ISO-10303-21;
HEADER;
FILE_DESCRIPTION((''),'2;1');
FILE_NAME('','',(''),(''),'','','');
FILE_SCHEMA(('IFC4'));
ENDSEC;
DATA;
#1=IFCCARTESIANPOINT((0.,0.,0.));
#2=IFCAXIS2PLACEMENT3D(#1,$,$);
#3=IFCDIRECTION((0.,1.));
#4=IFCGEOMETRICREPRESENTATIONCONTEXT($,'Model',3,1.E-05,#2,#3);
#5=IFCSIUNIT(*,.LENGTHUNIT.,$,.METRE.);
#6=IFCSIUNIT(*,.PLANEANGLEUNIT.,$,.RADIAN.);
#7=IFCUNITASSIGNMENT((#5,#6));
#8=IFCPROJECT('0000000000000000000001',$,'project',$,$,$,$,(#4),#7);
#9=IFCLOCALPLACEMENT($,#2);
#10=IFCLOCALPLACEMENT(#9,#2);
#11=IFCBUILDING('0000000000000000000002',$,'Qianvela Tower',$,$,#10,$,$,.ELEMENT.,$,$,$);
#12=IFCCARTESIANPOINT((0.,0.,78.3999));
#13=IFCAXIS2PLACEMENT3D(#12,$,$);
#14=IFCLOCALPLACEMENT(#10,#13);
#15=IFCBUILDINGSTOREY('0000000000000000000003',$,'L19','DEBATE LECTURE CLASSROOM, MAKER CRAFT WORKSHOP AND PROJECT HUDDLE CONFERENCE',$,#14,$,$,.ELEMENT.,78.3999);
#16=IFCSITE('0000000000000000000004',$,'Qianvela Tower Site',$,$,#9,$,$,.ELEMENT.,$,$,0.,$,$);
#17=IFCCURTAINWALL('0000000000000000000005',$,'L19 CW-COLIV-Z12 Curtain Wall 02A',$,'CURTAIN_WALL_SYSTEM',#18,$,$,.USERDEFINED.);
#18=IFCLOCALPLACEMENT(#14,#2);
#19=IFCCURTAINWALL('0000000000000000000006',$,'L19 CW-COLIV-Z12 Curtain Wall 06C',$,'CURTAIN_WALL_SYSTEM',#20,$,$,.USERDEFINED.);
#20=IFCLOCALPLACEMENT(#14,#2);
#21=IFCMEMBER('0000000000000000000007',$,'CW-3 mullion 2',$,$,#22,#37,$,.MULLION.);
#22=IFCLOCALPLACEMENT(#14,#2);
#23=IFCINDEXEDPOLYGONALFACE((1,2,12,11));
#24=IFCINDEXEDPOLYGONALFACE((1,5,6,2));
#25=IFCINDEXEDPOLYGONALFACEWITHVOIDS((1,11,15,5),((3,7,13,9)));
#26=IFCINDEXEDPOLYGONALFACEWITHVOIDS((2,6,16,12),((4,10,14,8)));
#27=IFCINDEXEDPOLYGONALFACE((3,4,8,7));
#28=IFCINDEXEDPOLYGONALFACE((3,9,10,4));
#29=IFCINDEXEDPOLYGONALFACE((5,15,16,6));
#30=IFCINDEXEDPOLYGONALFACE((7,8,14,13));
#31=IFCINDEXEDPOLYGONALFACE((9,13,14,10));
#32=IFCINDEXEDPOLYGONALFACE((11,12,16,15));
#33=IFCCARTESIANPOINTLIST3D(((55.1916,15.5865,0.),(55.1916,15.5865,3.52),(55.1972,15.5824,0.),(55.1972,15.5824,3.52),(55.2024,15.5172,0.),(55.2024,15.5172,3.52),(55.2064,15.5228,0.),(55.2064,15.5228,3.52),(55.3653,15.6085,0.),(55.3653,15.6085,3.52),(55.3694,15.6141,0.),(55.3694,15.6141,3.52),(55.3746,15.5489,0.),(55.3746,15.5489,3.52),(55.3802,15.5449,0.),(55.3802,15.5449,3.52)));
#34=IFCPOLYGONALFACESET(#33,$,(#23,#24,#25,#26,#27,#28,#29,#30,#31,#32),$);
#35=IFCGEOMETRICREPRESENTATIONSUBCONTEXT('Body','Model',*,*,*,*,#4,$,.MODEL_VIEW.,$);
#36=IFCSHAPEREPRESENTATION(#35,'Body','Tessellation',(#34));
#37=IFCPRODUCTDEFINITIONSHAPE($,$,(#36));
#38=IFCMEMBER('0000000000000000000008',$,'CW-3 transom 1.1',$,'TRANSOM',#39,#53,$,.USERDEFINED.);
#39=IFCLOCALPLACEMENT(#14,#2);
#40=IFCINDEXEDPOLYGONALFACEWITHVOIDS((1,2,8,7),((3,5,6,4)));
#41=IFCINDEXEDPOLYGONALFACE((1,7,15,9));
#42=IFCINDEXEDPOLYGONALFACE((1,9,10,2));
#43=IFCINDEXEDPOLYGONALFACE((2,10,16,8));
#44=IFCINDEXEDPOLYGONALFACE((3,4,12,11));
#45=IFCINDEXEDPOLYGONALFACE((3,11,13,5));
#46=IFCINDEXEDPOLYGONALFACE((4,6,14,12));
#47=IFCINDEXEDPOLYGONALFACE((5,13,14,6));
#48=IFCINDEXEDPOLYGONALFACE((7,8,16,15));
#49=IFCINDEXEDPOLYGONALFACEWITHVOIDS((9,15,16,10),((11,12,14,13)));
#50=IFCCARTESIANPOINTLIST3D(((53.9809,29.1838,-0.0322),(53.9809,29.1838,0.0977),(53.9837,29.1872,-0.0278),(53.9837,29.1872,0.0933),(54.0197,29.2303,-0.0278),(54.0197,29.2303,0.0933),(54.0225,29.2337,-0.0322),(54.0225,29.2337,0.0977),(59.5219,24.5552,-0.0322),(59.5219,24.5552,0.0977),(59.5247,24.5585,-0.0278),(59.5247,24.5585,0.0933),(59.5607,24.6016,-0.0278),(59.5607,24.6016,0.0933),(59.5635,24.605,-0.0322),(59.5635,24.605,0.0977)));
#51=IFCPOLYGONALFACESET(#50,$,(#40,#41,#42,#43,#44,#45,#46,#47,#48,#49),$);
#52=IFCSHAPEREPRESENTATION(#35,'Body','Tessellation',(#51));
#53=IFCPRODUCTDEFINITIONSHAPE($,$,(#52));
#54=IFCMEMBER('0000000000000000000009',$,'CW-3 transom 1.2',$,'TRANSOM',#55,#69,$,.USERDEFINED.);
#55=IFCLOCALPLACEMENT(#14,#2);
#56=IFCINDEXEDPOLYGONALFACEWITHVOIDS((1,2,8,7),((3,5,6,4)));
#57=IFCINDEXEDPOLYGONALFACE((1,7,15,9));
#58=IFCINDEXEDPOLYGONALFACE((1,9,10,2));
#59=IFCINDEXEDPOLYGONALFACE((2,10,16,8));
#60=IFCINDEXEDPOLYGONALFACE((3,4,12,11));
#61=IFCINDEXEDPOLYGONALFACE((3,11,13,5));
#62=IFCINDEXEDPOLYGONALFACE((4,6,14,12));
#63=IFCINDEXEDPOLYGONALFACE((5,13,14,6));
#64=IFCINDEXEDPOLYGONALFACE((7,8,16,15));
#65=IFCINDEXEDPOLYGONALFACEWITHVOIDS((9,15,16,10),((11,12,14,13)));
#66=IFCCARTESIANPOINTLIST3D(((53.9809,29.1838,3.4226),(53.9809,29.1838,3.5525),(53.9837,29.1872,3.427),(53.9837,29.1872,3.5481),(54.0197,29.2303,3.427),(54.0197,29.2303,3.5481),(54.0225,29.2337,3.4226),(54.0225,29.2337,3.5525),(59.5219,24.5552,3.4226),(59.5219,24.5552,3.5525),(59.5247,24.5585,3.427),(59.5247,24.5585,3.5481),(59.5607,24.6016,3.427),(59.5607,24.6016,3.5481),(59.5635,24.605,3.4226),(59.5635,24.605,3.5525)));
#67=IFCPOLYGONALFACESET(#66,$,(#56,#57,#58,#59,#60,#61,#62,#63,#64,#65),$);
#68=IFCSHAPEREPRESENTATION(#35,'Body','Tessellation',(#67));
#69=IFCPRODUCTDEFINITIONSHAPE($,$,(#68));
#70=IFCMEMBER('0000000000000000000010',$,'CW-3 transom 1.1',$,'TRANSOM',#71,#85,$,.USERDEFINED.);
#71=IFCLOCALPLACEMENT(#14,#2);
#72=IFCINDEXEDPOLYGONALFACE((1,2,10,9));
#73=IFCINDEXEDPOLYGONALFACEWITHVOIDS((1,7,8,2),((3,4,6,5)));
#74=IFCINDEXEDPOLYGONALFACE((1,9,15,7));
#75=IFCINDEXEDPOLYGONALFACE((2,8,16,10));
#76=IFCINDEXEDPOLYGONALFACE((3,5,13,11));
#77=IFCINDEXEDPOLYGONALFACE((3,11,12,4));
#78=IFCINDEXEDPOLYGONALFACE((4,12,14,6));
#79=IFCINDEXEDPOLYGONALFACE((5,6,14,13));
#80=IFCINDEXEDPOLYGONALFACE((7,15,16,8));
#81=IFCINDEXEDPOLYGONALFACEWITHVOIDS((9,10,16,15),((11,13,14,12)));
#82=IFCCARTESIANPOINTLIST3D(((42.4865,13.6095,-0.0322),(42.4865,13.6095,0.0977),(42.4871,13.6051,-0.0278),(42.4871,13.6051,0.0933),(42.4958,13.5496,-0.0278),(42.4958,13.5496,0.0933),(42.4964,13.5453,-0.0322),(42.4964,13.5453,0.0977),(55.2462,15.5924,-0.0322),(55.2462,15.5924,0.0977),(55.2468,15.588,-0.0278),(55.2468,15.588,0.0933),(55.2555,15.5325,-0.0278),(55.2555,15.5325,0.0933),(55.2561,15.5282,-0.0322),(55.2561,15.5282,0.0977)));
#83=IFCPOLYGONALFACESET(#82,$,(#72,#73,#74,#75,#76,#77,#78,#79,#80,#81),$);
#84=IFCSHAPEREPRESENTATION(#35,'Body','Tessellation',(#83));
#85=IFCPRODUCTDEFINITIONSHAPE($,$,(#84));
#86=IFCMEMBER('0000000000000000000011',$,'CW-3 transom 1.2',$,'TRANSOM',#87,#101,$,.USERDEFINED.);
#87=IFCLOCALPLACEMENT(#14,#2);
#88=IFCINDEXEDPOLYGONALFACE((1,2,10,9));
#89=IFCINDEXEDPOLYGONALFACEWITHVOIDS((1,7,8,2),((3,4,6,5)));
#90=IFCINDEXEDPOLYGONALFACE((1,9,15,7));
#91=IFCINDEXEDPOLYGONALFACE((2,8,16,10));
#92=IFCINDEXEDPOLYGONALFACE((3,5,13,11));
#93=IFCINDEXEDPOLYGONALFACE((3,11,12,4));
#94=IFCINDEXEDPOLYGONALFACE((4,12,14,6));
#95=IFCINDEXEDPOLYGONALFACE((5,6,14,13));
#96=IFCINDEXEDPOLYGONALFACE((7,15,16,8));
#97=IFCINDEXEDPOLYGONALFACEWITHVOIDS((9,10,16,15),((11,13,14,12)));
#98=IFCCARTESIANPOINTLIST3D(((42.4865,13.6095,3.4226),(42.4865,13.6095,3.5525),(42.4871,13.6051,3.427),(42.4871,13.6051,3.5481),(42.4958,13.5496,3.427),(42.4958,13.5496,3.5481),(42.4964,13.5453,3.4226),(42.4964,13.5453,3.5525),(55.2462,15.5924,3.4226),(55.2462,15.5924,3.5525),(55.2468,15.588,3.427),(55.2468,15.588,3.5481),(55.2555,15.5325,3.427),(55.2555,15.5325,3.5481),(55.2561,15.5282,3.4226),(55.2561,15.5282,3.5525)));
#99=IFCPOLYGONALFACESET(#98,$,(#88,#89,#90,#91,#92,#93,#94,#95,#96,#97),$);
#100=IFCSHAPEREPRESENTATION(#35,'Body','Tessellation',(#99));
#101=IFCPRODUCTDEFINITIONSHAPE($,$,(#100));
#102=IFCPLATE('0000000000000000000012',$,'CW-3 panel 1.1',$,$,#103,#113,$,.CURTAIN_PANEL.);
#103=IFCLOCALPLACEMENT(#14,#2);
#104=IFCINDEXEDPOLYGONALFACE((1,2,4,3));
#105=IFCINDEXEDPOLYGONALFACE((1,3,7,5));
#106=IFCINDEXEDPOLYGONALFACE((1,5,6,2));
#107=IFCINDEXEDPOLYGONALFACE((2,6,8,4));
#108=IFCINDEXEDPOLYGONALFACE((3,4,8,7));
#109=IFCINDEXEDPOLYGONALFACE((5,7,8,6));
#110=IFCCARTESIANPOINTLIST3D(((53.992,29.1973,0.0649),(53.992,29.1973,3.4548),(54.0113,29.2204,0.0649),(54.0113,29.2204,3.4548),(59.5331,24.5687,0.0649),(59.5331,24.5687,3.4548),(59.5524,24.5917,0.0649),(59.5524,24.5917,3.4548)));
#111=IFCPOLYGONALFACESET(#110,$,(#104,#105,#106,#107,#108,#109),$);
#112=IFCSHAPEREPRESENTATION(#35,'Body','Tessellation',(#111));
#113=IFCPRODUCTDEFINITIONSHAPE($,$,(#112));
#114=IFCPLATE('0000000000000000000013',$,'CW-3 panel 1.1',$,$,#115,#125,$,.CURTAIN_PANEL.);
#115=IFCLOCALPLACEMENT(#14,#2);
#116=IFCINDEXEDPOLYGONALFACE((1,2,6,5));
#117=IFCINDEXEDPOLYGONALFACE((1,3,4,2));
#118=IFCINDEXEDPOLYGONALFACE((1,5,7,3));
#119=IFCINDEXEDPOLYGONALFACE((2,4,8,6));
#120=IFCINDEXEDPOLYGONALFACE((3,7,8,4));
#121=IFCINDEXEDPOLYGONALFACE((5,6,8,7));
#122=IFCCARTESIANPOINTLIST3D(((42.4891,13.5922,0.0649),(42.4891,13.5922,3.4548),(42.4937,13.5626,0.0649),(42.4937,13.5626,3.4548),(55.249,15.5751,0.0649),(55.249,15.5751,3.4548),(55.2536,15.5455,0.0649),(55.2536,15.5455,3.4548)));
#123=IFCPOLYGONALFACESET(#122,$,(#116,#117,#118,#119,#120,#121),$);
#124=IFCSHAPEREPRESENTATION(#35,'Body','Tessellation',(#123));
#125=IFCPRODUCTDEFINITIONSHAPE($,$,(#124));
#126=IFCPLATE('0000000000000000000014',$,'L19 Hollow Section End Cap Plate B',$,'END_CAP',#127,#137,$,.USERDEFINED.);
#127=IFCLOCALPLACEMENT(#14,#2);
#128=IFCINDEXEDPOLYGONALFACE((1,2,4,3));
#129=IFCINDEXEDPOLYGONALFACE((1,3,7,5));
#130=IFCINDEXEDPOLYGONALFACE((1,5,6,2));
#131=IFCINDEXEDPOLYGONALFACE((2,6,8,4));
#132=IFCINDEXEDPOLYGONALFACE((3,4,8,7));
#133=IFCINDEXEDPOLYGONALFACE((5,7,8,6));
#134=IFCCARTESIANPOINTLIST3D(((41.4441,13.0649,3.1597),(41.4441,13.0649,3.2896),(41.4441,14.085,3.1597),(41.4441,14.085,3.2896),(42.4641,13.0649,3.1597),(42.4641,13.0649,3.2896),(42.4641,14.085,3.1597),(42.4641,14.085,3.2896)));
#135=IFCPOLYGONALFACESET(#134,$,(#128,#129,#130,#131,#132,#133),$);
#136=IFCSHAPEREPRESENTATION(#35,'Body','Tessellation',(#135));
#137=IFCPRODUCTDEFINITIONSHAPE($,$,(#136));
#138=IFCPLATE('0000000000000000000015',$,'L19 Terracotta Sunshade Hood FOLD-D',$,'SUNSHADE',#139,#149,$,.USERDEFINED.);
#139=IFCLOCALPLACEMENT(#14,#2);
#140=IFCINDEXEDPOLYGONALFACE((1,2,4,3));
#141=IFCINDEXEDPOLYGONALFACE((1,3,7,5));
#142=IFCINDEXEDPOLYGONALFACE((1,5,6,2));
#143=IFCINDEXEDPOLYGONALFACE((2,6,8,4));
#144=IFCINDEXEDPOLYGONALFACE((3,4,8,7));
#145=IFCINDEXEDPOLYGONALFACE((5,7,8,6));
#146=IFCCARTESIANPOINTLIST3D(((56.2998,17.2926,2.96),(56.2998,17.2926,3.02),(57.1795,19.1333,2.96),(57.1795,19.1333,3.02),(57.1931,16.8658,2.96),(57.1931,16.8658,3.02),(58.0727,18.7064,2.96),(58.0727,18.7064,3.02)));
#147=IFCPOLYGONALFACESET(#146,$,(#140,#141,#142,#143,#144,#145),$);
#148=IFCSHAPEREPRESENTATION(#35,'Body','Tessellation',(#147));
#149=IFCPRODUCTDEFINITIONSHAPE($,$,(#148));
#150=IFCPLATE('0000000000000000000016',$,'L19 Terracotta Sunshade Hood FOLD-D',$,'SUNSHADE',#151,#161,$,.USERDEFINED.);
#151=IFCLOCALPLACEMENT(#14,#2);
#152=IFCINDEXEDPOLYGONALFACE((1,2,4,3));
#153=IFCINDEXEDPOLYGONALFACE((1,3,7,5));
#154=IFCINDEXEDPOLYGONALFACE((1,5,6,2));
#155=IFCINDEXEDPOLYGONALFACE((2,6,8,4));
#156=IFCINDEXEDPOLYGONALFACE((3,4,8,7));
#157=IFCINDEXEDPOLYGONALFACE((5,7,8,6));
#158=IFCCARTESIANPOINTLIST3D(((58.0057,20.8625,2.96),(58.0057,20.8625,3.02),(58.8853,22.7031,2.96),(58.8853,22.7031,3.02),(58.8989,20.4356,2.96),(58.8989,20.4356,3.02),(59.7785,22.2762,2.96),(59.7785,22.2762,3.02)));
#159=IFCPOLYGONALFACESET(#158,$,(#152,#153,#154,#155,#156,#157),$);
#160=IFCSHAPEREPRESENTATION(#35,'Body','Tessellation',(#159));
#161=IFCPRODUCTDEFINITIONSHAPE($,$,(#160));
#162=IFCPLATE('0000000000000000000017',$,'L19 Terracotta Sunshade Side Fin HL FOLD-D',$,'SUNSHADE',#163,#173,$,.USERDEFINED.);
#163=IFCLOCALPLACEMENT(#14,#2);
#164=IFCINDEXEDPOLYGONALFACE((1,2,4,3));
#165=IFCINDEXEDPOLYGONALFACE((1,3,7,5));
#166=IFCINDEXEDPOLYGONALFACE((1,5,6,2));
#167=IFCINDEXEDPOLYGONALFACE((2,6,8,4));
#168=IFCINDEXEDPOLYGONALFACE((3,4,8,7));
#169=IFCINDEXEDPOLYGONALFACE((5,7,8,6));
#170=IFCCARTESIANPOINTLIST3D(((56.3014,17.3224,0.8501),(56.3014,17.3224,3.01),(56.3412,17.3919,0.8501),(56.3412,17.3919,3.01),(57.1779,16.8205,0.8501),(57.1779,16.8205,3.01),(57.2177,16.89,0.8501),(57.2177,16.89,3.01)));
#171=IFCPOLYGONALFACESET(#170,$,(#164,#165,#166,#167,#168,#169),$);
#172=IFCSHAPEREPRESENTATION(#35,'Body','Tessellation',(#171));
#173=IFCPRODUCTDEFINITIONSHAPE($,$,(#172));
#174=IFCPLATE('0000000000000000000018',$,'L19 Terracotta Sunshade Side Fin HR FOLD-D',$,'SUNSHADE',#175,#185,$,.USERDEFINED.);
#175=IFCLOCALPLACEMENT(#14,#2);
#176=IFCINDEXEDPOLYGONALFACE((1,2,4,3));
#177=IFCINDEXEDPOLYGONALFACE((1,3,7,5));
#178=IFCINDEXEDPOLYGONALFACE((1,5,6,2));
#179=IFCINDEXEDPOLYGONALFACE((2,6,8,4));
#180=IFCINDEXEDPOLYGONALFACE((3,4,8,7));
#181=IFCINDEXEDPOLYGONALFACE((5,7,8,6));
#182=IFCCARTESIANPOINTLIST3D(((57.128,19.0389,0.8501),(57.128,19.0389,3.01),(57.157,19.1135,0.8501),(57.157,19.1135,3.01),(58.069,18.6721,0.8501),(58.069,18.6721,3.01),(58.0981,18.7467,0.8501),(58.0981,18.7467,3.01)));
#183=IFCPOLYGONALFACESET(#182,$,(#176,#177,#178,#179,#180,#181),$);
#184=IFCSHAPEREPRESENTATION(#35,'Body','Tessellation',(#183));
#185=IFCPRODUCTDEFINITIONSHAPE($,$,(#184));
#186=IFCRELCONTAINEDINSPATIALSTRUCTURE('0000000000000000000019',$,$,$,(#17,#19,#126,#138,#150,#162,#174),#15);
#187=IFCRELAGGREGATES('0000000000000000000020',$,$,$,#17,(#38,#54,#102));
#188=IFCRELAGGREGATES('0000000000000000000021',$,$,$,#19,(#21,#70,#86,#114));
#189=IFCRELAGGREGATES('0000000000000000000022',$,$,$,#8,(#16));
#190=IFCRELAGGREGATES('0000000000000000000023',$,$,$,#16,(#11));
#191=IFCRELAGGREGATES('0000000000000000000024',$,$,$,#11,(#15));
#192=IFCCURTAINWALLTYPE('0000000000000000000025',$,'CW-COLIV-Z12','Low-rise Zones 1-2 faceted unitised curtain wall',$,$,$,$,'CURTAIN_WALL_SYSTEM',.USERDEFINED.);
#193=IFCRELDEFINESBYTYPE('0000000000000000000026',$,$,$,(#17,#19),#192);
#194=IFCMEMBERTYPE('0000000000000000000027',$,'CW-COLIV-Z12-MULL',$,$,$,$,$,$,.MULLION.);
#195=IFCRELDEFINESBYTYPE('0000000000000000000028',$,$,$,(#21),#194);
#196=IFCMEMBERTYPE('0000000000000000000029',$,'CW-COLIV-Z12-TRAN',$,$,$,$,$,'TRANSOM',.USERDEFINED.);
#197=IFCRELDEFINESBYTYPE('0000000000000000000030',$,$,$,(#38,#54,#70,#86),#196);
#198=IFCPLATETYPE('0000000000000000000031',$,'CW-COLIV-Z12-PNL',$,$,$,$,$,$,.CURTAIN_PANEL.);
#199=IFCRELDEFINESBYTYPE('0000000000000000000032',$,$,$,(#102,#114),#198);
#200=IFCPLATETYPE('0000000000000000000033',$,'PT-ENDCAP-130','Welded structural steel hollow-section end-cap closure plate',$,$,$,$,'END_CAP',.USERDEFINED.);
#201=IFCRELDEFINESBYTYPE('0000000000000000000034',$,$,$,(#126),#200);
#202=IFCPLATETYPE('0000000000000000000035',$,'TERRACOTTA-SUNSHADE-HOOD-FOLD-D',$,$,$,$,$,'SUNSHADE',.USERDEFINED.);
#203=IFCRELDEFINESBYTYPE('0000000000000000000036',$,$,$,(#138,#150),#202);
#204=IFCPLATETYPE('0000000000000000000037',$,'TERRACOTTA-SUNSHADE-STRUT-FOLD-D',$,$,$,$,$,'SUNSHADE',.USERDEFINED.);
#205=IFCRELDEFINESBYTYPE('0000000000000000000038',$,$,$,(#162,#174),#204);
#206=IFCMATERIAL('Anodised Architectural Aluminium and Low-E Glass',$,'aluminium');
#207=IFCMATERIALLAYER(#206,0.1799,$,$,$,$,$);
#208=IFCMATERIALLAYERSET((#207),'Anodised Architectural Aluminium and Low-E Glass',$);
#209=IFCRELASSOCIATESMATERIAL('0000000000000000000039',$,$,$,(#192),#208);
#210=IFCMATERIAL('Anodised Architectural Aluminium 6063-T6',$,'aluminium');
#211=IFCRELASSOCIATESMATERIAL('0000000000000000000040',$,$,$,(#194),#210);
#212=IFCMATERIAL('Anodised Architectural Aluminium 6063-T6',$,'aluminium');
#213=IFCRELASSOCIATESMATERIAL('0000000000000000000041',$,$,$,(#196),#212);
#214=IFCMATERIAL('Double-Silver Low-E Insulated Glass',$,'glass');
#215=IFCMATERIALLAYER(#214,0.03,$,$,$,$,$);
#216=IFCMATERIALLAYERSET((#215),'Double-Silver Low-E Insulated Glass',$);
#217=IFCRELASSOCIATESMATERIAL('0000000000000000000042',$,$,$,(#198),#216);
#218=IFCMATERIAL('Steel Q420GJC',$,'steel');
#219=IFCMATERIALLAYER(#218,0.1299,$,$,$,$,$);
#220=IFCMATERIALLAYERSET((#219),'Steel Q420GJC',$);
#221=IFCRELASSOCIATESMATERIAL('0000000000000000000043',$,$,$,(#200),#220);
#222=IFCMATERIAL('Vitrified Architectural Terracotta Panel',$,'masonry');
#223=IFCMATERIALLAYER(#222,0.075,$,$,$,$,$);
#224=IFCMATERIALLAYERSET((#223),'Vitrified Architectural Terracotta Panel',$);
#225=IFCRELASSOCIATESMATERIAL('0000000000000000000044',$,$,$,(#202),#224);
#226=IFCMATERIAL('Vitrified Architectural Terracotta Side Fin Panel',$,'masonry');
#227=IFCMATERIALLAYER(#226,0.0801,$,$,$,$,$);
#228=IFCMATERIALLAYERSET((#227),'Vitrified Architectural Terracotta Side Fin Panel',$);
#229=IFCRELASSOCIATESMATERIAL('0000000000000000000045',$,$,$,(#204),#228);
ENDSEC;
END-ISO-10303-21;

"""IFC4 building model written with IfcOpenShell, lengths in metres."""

from ifc_helpers import new_model, si_unit, direction, frame, origin, origin_2d, place, context, subcontext, project, spatial, rectangle, hollow_rectangle, extrude, material, layer, layer_set, material_profile, profile_set, type_object, element, aggregate, save


model = new_model("IFC4")

# Units and contexts
model_context = context("Model", 3, precision=1e-05, world=origin(), true_north=direction((0.0, 1.0)))
body_context = subcontext(model_context, "Body", "Model", "MODEL_VIEW")
ifc_project = project(units=[si_unit("LENGTHUNIT", "METRE"), si_unit("PLANEANGLEUNIT", "RADIAN")], contexts=[model_context])

# Site, building, storey
site_placement = place(None, origin())
site = spatial("IfcSite", under=ifc_project, at=site_placement, Name="Qianvela Tower Site", CompositionType="ELEMENT", RefElevation=0.0)
building_placement = place(site_placement, origin())
building = spatial("IfcBuilding", under=site, at=building_placement, Name="Qianvela Tower", CompositionType="ELEMENT")
storey_placement = place(building_placement, frame((0.0, 0.0, 78.3999)))
storey = spatial("IfcBuildingStorey", under=building, at=storey_placement, Name="L19", Description="DEBATE LECTURE CLASSROOM, MAKER CRAFT WORKSHOP AND PROJECT HUDDLE CONFERENCE", CompositionType="ELEMENT", Elevation=78.3999)

# Curtain wall
ifc_material_1 = material(Name="Anodised Architectural Aluminium and Low-E Glass", Category="aluminium")
ifc_layer_1 = layer(ifc_material_1, 0.1799)
ifc_layer_set_1 = layer_set([ifc_layer_1], Name="Anodised Architectural Aluminium and Low-E Glass")
curtain_wall_type_1 = type_object("IfcCurtainWallType", Name="CW-COLIV-Z12", Description="Low-rise Zones 1-2 faceted unitised curtain wall", ElementType="CURTAIN_WALL_SYSTEM", PredefinedType="USERDEFINED", material=ifc_layer_set_1)
curtain_wall_1_placement = place(storey_placement, origin())
curtain_wall_1 = element("IfcCurtainWall", 1, at=curtain_wall_1_placement, inside=storey, type_object=curtain_wall_type_1, Name="L19 CW-COLIV-Z12 Curtain Wall 02A", ObjectType="CURTAIN_WALL_SYSTEM", PredefinedType="USERDEFINED")
ifc_material_2 = material(Name="Anodised Architectural Aluminium 6063-T6", Category="aluminium")
ifc_material_profile_1 = material_profile(ifc_material_2, hollow_rectangle(XDim=0.0701, YDim=0.1799, WallThickness=0.0049, at=origin_2d()), Name="ALU-MULL-70x180")
ifc_profile_set_1 = profile_set([ifc_material_profile_1], Name="Anodised Architectural Aluminium 6063-T6")
member_type_1 = type_object("IfcMemberType", Name="CW-COLIV-Z12-MULL", PredefinedType="MULLION", material=ifc_profile_set_1)

# Curtain wall, member
curtain_wall_2_placement = place(storey_placement, origin())
curtain_wall_2 = element("IfcCurtainWall", 2, at=curtain_wall_2_placement, inside=storey, type_object=curtain_wall_type_1, Name="L19 CW-COLIV-Z12 Curtain Wall 06C", ObjectType="CURTAIN_WALL_SYSTEM", PredefinedType="USERDEFINED")
member_1_placement = place(storey_placement, frame((55.2859, 15.5657, 0.0), z_axis=(0.0, 0.0, 1.0), x_axis=(-0.153557, 0.98814, 0.0)))
member_1 = element("IfcMember", 3, at=member_1_placement, type_object=member_type_1, Name="CW-3 mullion 2", PredefinedType="MULLION", context=body_context, shape_type="SweptSolid", body=[
    extrude(hollow_rectangle(XDim=0.0701, YDim=0.1799, WallThickness=0.0049, at=origin_2d()), origin(), (0.0, 0.0, 1.0), 3.52),
])

# Members
ifc_material_3 = material(Name="Anodised Architectural Aluminium 6063-T6", Category="aluminium")
ifc_material_profile_2 = material_profile(ifc_material_3, hollow_rectangle(XDim=0.0649, YDim=0.1299, WallThickness=0.0044, at=origin_2d()), Name="ALU-TRAN-65x130")
ifc_profile_set_2 = profile_set([ifc_material_profile_2], Name="Anodised Architectural Aluminium 6063-T6")
member_type_2 = type_object("IfcMemberType", Name="CW-COLIV-Z12-TRAN", ElementType="TRANSOM", PredefinedType="USERDEFINED", material=ifc_profile_set_2)
member_2_placement = place(storey_placement, frame((59.5427, 24.5801, 0.0327), z_axis=(-0.767461, 0.641095, 0.0), x_axis=(-0.641095, -0.767461, 0.0)))
member_2 = element("IfcMember", 4, at=member_2_placement, type_object=member_type_2, Name="CW-3 transom 1.1", ObjectType="TRANSOM", PredefinedType="USERDEFINED", context=body_context, shape_type="SweptSolid", body=[
    extrude(hollow_rectangle(XDim=0.0649, YDim=0.1299, WallThickness=0.0044, at=origin_2d()), origin(), (0.0, 0.0, 1.0), 7.22),
])
member_3_placement = place(storey_placement, frame((59.5427, 24.5801, 3.4875), z_axis=(-0.767461, 0.641095, 0.0), x_axis=(-0.641095, -0.767461, 0.0)))
member_3 = element("IfcMember", 5, at=member_3_placement, type_object=member_type_2, Name="CW-3 transom 1.2", ObjectType="TRANSOM", PredefinedType="USERDEFINED", context=body_context, shape_type="SweptSolid", body=[
    extrude(hollow_rectangle(XDim=0.0649, YDim=0.1299, WallThickness=0.0044, at=origin_2d()), origin(), (0.0, 0.0, 1.0), 7.22),
])
member_4_placement = place(storey_placement, frame((42.4915, 13.5774, 0.0327), z_axis=(0.988139, 0.15356, 0.0), x_axis=(-0.15356, 0.988139, 0.0)))
member_4 = element("IfcMember", 6, at=member_4_placement, type_object=member_type_2, Name="CW-3 transom 1.1", ObjectType="TRANSOM", PredefinedType="USERDEFINED", context=body_context, shape_type="SweptSolid", body=[
    extrude(hollow_rectangle(XDim=0.0649, YDim=0.1299, WallThickness=0.0044, at=origin_2d()), origin(), (0.0, 0.0, 1.0), 12.9128),
])
member_5_placement = place(storey_placement, frame((42.4915, 13.5774, 3.4875), z_axis=(0.988139, 0.15356, 0.0), x_axis=(-0.15356, 0.988139, 0.0)))
member_5 = element("IfcMember", 7, at=member_5_placement, type_object=member_type_2, Name="CW-3 transom 1.2", ObjectType="TRANSOM", PredefinedType="USERDEFINED", context=body_context, shape_type="SweptSolid", body=[
    extrude(hollow_rectangle(XDim=0.0649, YDim=0.1299, WallThickness=0.0044, at=origin_2d()), origin(), (0.0, 0.0, 1.0), 12.9128),
])

# Plates
ifc_material_4 = material(Name="Double-Silver Low-E Insulated Glass", Category="glass")
ifc_layer_2 = layer(ifc_material_4, 0.03)
ifc_layer_set_2 = layer_set([ifc_layer_2], Name="Double-Silver Low-E Insulated Glass")
plate_type_1 = type_object("IfcPlateType", Name="CW-COLIV-Z12-PNL", PredefinedType="CURTAIN_PANEL", material=ifc_layer_set_2)
plate_1_placement = place(storey_placement, frame((56.7722, 26.8945, 0.0649), z_axis=(0.0, 0.0, 1.0), x_axis=(-0.767469, 0.641086, 0.0)))
plate_1 = element("IfcPlate", 8, at=plate_1_placement, type_object=plate_type_1, Name="CW-3 panel 1.1", PredefinedType="CURTAIN_PANEL", context=body_context, shape_type="SweptSolid", body=[
    extrude(rectangle(XDim=7.22, YDim=0.03, at=origin_2d()), origin(), (0.0, 0.0, 1.0), 3.3899),
])
aggregate(curtain_wall_1, [member_2, member_3, plate_1])
plate_2_placement = place(storey_placement, frame((48.8713, 14.5688, 0.0649), z_axis=(0.0, 0.0, 1.0), x_axis=(0.98814, 0.153557, 0.0)))
plate_2 = element("IfcPlate", 9, at=plate_2_placement, type_object=plate_type_1, Name="CW-3 panel 1.1", PredefinedType="CURTAIN_PANEL", context=body_context, shape_type="SweptSolid", body=[
    extrude(rectangle(XDim=12.9131, YDim=0.03, at=origin_2d()), origin(), (0.0, 0.0, 1.0), 3.3899),
])
aggregate(curtain_wall_2, [member_1, member_4, member_5, plate_2])

# Plates
ifc_material_5 = material(Name="Steel Q420GJC", Category="steel")
ifc_layer_3 = layer(ifc_material_5, 0.1299)
ifc_layer_set_3 = layer_set([ifc_layer_3], Name="Steel Q420GJC")
plate_type_2 = type_object("IfcPlateType", Name="PT-ENDCAP-130", Description="Welded structural steel hollow-section end-cap closure plate", ElementType="END_CAP", PredefinedType="USERDEFINED", material=ifc_layer_set_3)
plate_3_placement = place(storey_placement, frame((41.9541, 13.575, 3.1597), z_axis=(0.0, 0.0, 1.0), x_axis=(1.0, 0.0, 0.0)))
element("IfcPlate", 10, at=plate_3_placement, inside=storey, type_object=plate_type_2, Name="L19 Hollow Section End Cap Plate B", ObjectType="END_CAP", PredefinedType="USERDEFINED", context=body_context, shape_type="SweptSolid", body=[
    extrude(rectangle(XDim=1.02, YDim=1.02, at=origin_2d()), origin(), (0.0, 0.0, 1.0), 0.1299),
])
ifc_material_6 = material(Name="Vitrified Architectural Terracotta Panel", Category="masonry")
ifc_layer_4 = layer(ifc_material_6, 0.075)
ifc_layer_set_4 = layer_set([ifc_layer_4], Name="Vitrified Architectural Terracotta Panel")
plate_type_3 = type_object("IfcPlateType", Name="TERRACOTTA-SUNSHADE-HOOD-FOLD-D", ElementType="SUNSHADE", PredefinedType="USERDEFINED", material=ifc_layer_set_4)
for number, where, z_axis, x_axis, name in (
    (11, (57.1863, 17.9995, 2.96), (0.0, 0.0, 1.0), (0.431193, 0.90226, 0.0), "L19 Terracotta Sunshade Hood FOLD-D"),
    (12, (58.8921, 21.5693, 2.96), (0.0, 0.0, 1.0), (0.431193, 0.90226, 0.0), "L19 Terracotta Sunshade Hood FOLD-D"),
):
    element("IfcPlate", number, at=place(storey_placement, frame(where, z_axis=z_axis, x_axis=x_axis)), inside=storey, type_object=plate_type_3, Name=name, ObjectType="SUNSHADE", PredefinedType="USERDEFINED", context=body_context, shape_type="SweptSolid", body=[
        extrude(rectangle(XDim=2.04, YDim=0.99, at=origin_2d()), origin(), (0.0, 0.0, 1.0), 0.0601),
    ])
ifc_material_7 = material(Name="Vitrified Architectural Terracotta Side Fin Panel", Category="masonry")
ifc_layer_5 = layer(ifc_material_7, 0.0801)
ifc_layer_set_5 = layer_set([ifc_layer_5], Name="Vitrified Architectural Terracotta Side Fin Panel")
plate_type_4 = type_object("IfcPlateType", Name="TERRACOTTA-SUNSHADE-STRUT-FOLD-D", ElementType="SUNSHADE", PredefinedType="USERDEFINED", material=ifc_layer_set_5)
for number, where, z_axis, x_axis, name in (
    (13, (56.7595, 17.1062, 0.8501), (0.0, 0.0, 1.0), (0.496872, 0.867824, 0.0), "L19 Terracotta Sunshade Side Fin HL FOLD-D"),
    (14, (57.613, 18.8928, 0.8501), (0.0, 0.0, 1.0), (0.363142, 0.931734, 0.0), "L19 Terracotta Sunshade Side Fin HR FOLD-D"),
):
    element("IfcPlate", number, at=place(storey_placement, frame(where, z_axis=z_axis, x_axis=x_axis)), inside=storey, type_object=plate_type_4, Name=name, ObjectType="SUNSHADE", PredefinedType="USERDEFINED", context=body_context, shape_type="SweptSolid", body=[
        extrude(rectangle(XDim=0.0801, YDim=1.01, at=origin_2d()), origin(), (0.0, 0.0, 1.0), 2.1599),
    ])

save(model, "model.ifc")
